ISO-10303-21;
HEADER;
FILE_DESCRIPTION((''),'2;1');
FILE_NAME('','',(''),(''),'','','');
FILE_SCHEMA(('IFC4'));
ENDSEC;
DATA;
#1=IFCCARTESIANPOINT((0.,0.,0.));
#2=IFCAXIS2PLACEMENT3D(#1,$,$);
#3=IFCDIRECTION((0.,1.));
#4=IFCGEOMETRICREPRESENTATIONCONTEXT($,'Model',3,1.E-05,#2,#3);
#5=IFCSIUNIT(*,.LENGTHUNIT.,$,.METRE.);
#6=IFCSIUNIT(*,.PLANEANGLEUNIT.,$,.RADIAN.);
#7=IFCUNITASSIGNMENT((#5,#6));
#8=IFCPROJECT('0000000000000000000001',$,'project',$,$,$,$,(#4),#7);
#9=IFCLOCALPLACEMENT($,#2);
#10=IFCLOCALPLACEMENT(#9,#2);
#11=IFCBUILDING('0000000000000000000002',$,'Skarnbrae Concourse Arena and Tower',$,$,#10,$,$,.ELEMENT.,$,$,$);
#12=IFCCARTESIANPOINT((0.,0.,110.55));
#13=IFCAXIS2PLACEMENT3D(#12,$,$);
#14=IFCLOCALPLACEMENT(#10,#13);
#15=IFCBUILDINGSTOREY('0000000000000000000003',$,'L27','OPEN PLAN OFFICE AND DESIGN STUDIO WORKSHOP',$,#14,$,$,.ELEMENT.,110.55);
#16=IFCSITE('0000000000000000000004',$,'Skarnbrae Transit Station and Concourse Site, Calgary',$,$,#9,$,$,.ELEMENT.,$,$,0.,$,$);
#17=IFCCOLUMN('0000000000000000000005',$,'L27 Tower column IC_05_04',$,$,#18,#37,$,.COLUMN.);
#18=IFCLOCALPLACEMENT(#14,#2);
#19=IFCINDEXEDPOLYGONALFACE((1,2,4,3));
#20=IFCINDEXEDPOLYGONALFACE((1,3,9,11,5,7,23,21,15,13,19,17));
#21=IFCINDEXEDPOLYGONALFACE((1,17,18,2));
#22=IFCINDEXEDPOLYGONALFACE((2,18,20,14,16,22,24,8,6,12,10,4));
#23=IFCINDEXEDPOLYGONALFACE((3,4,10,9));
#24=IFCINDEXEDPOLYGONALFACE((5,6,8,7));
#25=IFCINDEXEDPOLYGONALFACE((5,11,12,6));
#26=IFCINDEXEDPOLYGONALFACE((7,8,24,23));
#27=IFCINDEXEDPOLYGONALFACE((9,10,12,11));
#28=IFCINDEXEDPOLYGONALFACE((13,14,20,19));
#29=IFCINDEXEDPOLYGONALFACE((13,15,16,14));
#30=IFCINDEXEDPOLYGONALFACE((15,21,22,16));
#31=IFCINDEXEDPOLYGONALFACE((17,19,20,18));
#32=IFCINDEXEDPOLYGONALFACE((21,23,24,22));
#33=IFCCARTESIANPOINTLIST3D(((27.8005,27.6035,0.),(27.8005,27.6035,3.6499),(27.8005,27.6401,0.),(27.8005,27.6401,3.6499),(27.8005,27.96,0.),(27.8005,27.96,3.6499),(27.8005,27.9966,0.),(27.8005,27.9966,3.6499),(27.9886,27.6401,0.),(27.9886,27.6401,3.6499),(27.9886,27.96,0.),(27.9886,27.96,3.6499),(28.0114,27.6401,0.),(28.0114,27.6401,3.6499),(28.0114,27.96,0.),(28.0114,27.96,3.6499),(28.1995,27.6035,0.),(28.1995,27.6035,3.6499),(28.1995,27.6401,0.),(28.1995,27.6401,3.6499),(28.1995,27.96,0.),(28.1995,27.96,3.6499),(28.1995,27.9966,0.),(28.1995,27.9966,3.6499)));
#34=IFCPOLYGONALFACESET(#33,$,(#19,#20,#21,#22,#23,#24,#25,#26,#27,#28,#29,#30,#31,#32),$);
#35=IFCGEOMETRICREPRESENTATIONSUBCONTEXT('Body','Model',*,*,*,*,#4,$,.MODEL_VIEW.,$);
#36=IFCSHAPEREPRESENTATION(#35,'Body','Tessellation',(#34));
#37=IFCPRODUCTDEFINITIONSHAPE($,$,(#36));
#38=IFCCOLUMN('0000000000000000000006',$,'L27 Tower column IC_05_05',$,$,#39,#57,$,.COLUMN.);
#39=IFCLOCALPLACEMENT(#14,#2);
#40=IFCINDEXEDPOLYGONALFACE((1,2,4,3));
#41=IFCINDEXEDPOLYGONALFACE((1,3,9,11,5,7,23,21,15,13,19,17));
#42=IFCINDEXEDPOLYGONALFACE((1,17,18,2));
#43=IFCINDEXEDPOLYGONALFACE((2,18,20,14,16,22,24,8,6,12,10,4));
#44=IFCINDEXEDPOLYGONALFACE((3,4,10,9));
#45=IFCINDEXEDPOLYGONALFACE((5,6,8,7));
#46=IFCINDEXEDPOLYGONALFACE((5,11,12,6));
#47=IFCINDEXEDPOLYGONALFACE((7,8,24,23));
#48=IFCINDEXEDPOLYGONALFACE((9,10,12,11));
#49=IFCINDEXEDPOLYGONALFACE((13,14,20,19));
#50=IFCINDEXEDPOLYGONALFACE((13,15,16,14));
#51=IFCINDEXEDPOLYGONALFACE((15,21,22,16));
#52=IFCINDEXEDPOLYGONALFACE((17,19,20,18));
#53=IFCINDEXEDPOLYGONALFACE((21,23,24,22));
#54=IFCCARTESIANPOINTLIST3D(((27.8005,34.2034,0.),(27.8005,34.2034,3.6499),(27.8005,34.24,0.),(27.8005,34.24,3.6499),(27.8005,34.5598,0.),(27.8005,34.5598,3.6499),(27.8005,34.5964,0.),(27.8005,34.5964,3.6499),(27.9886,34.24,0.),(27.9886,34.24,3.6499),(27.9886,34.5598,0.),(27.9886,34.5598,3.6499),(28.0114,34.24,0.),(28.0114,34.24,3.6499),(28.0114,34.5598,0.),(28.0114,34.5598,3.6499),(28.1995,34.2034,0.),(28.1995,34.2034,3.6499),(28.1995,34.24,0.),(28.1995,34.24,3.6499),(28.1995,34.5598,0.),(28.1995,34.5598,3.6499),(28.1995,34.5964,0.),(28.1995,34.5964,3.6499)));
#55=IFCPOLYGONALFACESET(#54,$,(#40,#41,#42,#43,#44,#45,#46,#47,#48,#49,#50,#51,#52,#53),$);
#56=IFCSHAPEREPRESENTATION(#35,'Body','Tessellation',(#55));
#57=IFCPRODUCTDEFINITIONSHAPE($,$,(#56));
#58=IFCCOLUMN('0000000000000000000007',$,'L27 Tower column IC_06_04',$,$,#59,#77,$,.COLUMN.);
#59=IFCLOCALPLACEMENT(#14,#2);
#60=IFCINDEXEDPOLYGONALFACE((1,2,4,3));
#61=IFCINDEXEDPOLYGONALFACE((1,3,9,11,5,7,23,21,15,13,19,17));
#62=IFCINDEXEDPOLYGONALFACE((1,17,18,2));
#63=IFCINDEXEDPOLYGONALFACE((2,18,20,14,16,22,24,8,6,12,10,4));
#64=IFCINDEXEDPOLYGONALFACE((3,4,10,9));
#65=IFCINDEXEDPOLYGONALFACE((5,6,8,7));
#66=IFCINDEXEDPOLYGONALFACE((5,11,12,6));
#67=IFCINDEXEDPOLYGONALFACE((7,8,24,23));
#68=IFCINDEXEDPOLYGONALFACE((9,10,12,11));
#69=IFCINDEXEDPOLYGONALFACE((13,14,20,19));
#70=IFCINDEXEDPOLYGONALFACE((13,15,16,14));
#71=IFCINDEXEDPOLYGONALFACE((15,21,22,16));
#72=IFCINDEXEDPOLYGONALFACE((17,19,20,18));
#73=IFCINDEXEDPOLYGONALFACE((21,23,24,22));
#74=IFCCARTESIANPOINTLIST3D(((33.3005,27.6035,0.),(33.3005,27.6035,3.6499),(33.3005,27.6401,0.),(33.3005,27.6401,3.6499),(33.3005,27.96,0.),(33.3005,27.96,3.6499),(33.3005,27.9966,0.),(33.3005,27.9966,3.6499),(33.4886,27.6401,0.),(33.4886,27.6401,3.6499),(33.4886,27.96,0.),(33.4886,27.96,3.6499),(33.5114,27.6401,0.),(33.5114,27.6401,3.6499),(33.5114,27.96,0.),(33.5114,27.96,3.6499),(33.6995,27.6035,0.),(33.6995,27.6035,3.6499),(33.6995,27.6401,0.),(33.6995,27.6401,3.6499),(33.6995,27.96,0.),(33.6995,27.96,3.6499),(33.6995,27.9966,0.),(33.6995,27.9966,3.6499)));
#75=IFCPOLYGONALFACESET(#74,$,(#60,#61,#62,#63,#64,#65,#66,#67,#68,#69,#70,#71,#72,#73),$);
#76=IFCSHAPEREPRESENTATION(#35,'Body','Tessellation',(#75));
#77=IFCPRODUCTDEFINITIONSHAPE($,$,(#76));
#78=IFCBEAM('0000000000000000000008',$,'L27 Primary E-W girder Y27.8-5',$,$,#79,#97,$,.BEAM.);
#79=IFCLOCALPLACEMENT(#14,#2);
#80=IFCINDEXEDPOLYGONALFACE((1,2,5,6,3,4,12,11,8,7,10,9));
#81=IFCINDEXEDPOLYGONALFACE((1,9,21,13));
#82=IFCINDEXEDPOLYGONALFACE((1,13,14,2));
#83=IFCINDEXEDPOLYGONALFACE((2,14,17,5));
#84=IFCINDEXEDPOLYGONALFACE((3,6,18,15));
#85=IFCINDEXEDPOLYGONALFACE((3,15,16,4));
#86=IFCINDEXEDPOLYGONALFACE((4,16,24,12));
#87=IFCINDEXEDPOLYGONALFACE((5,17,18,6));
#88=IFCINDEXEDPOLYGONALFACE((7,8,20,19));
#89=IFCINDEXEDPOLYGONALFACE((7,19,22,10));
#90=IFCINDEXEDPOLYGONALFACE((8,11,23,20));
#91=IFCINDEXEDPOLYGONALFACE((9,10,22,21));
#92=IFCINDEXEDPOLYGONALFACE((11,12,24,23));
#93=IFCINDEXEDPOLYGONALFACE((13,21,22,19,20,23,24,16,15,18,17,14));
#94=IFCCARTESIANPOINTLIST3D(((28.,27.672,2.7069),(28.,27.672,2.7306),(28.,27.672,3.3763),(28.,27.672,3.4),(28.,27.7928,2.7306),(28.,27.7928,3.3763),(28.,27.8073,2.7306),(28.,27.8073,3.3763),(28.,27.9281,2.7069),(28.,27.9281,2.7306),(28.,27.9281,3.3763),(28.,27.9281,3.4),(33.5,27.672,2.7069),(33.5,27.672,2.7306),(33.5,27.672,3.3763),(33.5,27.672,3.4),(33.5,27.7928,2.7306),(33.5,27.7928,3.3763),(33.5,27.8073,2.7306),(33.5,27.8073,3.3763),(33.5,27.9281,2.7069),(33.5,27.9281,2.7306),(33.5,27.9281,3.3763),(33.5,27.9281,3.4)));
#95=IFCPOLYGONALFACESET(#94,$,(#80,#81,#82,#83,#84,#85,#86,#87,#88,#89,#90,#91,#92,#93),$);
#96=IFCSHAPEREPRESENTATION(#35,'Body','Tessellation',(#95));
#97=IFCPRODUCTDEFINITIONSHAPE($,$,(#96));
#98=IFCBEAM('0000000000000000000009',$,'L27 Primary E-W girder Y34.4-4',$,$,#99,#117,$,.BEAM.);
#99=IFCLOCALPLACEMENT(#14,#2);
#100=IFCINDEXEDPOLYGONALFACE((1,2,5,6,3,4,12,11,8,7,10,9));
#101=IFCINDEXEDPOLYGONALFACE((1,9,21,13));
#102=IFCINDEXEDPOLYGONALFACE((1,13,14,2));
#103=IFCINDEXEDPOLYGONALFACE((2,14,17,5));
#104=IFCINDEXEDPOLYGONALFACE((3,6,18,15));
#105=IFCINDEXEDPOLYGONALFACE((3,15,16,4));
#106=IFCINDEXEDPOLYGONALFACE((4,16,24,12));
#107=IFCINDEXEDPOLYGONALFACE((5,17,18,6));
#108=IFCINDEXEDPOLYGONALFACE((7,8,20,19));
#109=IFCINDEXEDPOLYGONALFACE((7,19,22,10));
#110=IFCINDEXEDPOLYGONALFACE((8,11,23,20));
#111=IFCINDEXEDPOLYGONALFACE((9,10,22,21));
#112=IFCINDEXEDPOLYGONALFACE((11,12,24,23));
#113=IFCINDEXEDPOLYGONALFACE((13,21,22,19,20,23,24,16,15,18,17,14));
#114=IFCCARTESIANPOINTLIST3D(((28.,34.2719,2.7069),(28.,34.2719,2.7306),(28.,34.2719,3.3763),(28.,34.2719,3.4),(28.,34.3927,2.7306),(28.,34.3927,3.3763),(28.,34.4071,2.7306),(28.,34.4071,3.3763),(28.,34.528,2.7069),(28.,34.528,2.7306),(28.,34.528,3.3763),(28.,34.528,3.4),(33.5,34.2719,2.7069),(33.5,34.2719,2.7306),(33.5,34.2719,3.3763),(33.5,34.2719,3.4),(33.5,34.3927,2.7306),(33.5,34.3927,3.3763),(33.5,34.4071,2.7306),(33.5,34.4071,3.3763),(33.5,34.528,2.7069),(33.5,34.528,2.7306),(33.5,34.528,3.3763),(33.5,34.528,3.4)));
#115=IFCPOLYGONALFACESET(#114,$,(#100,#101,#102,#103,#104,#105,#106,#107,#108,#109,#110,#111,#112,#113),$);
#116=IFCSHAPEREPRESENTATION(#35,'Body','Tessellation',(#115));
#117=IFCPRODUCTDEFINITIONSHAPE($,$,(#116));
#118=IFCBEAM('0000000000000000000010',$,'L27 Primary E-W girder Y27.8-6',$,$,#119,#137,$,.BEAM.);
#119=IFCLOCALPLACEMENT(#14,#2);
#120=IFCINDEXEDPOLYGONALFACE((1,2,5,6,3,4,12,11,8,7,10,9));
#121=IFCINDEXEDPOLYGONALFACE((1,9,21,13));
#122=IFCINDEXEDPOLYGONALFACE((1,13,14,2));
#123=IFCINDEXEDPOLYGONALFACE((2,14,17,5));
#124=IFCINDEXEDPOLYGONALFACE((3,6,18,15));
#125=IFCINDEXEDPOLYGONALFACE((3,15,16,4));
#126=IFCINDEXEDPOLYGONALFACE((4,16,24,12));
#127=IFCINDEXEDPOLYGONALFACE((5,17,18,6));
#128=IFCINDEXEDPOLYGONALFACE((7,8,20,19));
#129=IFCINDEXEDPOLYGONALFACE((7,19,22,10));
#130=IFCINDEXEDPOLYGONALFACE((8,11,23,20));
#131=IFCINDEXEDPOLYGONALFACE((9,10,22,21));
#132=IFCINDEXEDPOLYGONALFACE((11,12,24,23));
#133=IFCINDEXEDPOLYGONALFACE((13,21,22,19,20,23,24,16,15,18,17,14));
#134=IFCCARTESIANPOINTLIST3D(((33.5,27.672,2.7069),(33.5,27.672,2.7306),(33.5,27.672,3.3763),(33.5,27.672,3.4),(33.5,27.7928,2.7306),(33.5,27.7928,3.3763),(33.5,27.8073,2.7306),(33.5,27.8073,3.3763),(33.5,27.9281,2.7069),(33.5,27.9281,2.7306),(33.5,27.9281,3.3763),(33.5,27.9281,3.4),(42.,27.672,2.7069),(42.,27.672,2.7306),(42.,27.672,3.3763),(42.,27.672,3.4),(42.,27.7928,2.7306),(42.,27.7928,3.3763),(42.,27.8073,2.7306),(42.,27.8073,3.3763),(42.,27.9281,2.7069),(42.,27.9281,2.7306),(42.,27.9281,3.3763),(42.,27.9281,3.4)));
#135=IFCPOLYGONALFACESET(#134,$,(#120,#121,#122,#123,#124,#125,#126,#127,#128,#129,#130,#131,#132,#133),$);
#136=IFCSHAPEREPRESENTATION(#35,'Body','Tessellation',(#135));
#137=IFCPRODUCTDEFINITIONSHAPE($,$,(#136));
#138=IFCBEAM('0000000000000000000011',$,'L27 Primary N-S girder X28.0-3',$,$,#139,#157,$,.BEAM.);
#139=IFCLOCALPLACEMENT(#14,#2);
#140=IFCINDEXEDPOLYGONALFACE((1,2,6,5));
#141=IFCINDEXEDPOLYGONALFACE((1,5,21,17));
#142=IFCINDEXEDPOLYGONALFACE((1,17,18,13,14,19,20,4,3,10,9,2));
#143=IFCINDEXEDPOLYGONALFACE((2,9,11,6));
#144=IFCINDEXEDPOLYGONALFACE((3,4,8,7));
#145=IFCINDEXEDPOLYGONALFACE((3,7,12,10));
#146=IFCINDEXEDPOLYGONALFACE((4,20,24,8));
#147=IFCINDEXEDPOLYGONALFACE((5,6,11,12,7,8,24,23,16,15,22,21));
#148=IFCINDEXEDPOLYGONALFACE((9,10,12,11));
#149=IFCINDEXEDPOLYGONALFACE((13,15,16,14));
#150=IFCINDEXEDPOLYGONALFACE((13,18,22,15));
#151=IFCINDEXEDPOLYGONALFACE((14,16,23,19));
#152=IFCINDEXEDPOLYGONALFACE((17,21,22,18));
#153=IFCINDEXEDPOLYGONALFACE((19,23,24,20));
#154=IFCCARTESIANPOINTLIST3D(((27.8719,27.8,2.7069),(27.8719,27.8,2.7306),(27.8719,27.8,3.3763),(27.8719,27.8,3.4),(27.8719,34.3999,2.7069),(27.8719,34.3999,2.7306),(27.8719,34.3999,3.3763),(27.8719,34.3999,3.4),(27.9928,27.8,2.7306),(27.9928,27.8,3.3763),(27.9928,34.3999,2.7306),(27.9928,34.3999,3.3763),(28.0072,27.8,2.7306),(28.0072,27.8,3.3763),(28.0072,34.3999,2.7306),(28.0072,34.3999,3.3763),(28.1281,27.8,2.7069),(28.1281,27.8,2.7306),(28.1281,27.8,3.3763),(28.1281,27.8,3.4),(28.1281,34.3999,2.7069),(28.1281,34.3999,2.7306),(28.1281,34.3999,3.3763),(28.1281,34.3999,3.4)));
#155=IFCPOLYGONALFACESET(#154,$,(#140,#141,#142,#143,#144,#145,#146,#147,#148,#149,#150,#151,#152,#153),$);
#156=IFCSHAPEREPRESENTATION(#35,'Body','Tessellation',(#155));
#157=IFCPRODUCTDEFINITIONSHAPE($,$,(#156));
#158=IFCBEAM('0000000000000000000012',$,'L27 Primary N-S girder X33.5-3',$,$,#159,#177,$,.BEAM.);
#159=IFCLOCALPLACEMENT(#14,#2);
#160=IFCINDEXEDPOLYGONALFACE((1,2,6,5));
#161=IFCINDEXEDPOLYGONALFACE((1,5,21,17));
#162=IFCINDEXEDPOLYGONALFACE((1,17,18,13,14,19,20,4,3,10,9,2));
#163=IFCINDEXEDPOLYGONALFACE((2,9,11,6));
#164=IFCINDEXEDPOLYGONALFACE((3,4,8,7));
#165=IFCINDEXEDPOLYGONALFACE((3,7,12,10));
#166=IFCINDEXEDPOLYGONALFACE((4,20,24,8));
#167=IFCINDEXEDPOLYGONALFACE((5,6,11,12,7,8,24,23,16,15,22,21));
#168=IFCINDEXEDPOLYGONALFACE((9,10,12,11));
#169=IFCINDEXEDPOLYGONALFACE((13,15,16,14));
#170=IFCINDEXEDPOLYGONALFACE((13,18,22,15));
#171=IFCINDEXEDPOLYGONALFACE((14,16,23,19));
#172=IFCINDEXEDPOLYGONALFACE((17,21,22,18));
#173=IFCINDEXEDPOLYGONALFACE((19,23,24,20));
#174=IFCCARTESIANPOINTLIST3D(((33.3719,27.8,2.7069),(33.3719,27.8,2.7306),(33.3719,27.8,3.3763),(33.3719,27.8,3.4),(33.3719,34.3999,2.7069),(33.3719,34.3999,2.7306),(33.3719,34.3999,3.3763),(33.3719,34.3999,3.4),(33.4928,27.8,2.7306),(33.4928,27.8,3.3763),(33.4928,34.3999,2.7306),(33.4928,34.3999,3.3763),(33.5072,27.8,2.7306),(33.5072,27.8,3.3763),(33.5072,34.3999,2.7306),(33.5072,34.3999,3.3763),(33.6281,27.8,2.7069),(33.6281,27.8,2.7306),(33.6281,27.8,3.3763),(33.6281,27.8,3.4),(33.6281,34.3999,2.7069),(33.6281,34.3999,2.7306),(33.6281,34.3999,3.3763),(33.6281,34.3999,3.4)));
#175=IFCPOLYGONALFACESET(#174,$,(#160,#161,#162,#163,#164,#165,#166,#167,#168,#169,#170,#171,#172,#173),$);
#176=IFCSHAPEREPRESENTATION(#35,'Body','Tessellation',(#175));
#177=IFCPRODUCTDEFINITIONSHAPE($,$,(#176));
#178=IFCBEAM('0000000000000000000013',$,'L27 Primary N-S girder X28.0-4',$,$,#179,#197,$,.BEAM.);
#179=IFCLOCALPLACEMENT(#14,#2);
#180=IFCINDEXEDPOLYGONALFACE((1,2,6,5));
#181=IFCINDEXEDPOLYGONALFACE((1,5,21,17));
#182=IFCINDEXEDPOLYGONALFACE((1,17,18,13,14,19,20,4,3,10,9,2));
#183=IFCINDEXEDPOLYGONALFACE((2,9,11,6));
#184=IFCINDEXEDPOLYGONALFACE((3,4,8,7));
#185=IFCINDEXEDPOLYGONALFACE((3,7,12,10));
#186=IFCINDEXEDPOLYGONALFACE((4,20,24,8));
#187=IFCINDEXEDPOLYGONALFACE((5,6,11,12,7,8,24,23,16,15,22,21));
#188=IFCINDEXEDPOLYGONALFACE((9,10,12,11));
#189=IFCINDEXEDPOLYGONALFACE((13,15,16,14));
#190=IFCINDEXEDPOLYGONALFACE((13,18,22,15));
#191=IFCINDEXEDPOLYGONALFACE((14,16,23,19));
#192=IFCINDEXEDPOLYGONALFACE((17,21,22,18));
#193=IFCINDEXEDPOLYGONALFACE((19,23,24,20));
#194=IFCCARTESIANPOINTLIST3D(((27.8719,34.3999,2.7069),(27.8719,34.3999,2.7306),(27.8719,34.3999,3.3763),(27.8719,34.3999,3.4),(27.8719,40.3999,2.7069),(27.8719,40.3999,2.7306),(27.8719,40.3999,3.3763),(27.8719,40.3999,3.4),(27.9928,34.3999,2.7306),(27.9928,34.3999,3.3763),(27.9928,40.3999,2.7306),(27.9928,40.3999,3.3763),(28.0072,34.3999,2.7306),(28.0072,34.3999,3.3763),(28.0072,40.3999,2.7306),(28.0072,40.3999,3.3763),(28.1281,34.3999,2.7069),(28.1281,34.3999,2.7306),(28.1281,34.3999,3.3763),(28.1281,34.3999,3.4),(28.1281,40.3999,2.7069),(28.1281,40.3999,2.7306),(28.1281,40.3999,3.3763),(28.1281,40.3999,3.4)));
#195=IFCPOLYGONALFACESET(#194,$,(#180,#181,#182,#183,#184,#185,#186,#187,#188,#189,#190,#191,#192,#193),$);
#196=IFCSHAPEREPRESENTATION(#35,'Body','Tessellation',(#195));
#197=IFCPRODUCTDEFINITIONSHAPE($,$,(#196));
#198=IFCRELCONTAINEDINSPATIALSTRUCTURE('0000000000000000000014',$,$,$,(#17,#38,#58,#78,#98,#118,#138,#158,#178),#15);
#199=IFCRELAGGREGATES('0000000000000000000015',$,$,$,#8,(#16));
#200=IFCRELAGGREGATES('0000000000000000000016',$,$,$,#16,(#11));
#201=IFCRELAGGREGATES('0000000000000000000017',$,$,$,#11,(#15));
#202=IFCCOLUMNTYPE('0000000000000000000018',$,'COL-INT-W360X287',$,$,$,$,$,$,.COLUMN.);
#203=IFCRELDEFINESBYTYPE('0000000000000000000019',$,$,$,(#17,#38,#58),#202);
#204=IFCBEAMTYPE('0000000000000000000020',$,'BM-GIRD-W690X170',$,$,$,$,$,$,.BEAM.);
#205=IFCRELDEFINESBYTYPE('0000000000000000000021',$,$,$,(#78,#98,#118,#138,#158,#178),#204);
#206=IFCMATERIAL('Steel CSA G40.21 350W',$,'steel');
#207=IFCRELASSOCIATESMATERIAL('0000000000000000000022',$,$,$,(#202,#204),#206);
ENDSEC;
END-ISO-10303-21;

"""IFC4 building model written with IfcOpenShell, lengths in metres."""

from ifc_helpers import new_model, si_unit, direction, frame, origin, origin_2d, place, context, subcontext, project, spatial, i_section, extrude, source, transform, mapped, material, material_profile, profile_set, type_object, element, save


model = new_model("IFC4")

# Units and contexts
model_context = context("Model", 3, precision=1e-05, world=origin(), true_north=direction((0.0, 1.0)))
body_context = subcontext(model_context, "Body", "Model", "MODEL_VIEW")
ifc_project = project(units=[si_unit("LENGTHUNIT", "METRE"), si_unit("PLANEANGLEUNIT", "RADIAN")], contexts=[model_context])

# Site, building, storey
site_placement = place(None, origin())
site = spatial("IfcSite", under=ifc_project, at=site_placement, Name="Skarnbrae Transit Station and Concourse Site, Calgary", CompositionType="ELEMENT", RefElevation=0.0)
building_placement = place(site_placement, origin())
building = spatial("IfcBuilding", under=site, at=building_placement, Name="Skarnbrae Concourse Arena and Tower", CompositionType="ELEMENT")
storey_placement = place(building_placement, frame((0.0, 0.0, 110.55)))
storey = spatial("IfcBuildingStorey", under=building, at=storey_placement, Name="L27", Description="OPEN PLAN OFFICE AND DESIGN STUDIO WORKSHOP", CompositionType="ELEMENT", Elevation=110.55)

# Columns
ifc_material_1 = material(Name="Steel CSA G40.21 350W", Category="steel")
ifc_material_profile_1 = material_profile(ifc_material_1, i_section(OverallWidth=0.3989, OverallDepth=0.3931, WebThickness=0.0227, FlangeThickness=0.0366, at=origin_2d()), Name="W360X287")
ifc_profile_set_1 = profile_set([ifc_material_profile_1], Name="Steel CSA G40.21 350W")
column_type = type_object("IfcColumnType", Name="COL-INT-W360X287", PredefinedType="COLUMN", material=ifc_profile_set_1)
shared_shape_1 = source(origin(), body_context, "Body", "SweptSolid", [
    extrude(i_section(OverallWidth=0.3989, OverallDepth=0.3931, WebThickness=0.0227, FlangeThickness=0.0366, at=origin_2d()), origin(), (0.0, 0.0, 1.0), 3.6499),
])
for number, where, z_axis, x_axis, name in (
    (1, (28.0, 27.8, 0.0), (0.0, 0.0, 1.0), (1.0, 0.0, 0.0), "L27 Tower column IC_05_04"),
    (2, (28.0, 34.3999, 0.0), (0.0, 0.0, 1.0), (1.0, 0.0, 0.0), "L27 Tower column IC_05_05"),
    (3, (33.5, 27.8, 0.0), (0.0, 0.0, 1.0), (1.0, 0.0, 0.0), "L27 Tower column IC_06_04"),
):
    element("IfcColumn", number, at=place(storey_placement, frame(where, z_axis=z_axis, x_axis=x_axis)), inside=storey, type_object=column_type, Name=name, PredefinedType="COLUMN", context=body_context, shape_type="MappedRepresentation", body=[
        mapped(shared_shape_1, transform((0.0, 0.0, 0.0))),
    ])

# Beams
ifc_material_profile_2 = material_profile(ifc_material_1, i_section(OverallWidth=0.2561, OverallDepth=0.6931, WebThickness=0.0144, FlangeThickness=0.0237, at=origin_2d()), Name="W690X170")
ifc_profile_set_2 = profile_set([ifc_material_profile_2], Name="Steel CSA G40.21 350W")
beam_type_1 = type_object("IfcBeamType", Name="BM-GIRD-W690X170", PredefinedType="BEAM", material=ifc_profile_set_2)
shared_shape_2 = source(origin(), body_context, "Body", "SweptSolid", [
    extrude(i_section(OverallWidth=0.2561, OverallDepth=0.6931, WebThickness=0.0144, FlangeThickness=0.0237, at=origin_2d()), origin(), (0.0, 0.0, 1.0), 5.5),
])
for number, where, z_axis, x_axis, name in (
    (4, (28.0, 27.8, 3.0535), (1.0, 0.0, 0.0), (0.0, 1.0, 0.0), "L27 Primary E-W girder Y27.8-5"),
    (5, (28.0, 34.3999, 3.0535), (1.0, 0.0, 0.0), (0.0, 1.0, 0.0), "L27 Primary E-W girder Y34.4-4"),
):
    element("IfcBeam", number, at=place(storey_placement, frame(where, z_axis=z_axis, x_axis=x_axis)), inside=storey, type_object=beam_type_1, Name=name, PredefinedType="BEAM", context=body_context, shape_type="MappedRepresentation", body=[
        mapped(shared_shape_2, transform((0.0, 0.0, 0.0))),
    ])
shared_shape_3 = source(origin(), body_context, "Body", "SweptSolid", [
    extrude(i_section(OverallWidth=0.2561, OverallDepth=0.6931, WebThickness=0.0144, FlangeThickness=0.0237, at=origin_2d()), origin(), (0.0, 0.0, 1.0), 8.5),
])
beam_1_placement = place(storey_placement, frame((33.5, 27.8, 3.0535), z_axis=(1.0, 0.0, 0.0), x_axis=(0.0, 1.0, 0.0)))
element("IfcBeam", 6, at=beam_1_placement, inside=storey, type_object=beam_type_1, Name="L27 Primary E-W girder Y27.8-6", PredefinedType="BEAM", context=body_context, shape_type="MappedRepresentation", body=[
    mapped(shared_shape_3, transform((0.0, 0.0, 0.0))),
])
shared_shape_4 = source(origin(), body_context, "Body", "SweptSolid", [
    extrude(i_section(OverallWidth=0.2561, OverallDepth=0.6931, WebThickness=0.0144, FlangeThickness=0.0237, at=origin_2d()), origin(), (0.0, 0.0, 1.0), 6.5999),
])
for number, where, z_axis, x_axis, name in (
    (7, (28.0, 27.8, 3.0535), (0.0, 1.0, 0.0), (-1.0, 0.0, 0.0), "L27 Primary N-S girder X28.0-3"),
    (8, (33.5, 27.8, 3.0535), (0.0, 1.0, 0.0), (-1.0, 0.0, 0.0), "L27 Primary N-S girder X33.5-3"),
):
    element("IfcBeam", number, at=place(storey_placement, frame(where, z_axis=z_axis, x_axis=x_axis)), inside=storey, type_object=beam_type_1, Name=name, PredefinedType="BEAM", context=body_context, shape_type="MappedRepresentation", body=[
        mapped(shared_shape_4, transform((0.0, 0.0, 0.0))),
    ])
shared_shape_5 = source(origin(), body_context, "Body", "SweptSolid", [
    extrude(i_section(OverallWidth=0.2561, OverallDepth=0.6931, WebThickness=0.0144, FlangeThickness=0.0237, at=origin_2d()), origin(), (0.0, 0.0, 1.0), 6.0),
])
beam_2_placement = place(storey_placement, frame((28.0, 34.3999, 3.0535), z_axis=(0.0, 1.0, 0.0), x_axis=(-1.0, 0.0, 0.0)))
element("IfcBeam", 9, at=beam_2_placement, inside=storey, type_object=beam_type_1, Name="L27 Primary N-S girder X28.0-4", PredefinedType="BEAM", context=body_context, shape_type="MappedRepresentation", body=[
    mapped(shared_shape_5, transform((0.0, 0.0, 0.0))),
])

save(model, "model.ifc")
